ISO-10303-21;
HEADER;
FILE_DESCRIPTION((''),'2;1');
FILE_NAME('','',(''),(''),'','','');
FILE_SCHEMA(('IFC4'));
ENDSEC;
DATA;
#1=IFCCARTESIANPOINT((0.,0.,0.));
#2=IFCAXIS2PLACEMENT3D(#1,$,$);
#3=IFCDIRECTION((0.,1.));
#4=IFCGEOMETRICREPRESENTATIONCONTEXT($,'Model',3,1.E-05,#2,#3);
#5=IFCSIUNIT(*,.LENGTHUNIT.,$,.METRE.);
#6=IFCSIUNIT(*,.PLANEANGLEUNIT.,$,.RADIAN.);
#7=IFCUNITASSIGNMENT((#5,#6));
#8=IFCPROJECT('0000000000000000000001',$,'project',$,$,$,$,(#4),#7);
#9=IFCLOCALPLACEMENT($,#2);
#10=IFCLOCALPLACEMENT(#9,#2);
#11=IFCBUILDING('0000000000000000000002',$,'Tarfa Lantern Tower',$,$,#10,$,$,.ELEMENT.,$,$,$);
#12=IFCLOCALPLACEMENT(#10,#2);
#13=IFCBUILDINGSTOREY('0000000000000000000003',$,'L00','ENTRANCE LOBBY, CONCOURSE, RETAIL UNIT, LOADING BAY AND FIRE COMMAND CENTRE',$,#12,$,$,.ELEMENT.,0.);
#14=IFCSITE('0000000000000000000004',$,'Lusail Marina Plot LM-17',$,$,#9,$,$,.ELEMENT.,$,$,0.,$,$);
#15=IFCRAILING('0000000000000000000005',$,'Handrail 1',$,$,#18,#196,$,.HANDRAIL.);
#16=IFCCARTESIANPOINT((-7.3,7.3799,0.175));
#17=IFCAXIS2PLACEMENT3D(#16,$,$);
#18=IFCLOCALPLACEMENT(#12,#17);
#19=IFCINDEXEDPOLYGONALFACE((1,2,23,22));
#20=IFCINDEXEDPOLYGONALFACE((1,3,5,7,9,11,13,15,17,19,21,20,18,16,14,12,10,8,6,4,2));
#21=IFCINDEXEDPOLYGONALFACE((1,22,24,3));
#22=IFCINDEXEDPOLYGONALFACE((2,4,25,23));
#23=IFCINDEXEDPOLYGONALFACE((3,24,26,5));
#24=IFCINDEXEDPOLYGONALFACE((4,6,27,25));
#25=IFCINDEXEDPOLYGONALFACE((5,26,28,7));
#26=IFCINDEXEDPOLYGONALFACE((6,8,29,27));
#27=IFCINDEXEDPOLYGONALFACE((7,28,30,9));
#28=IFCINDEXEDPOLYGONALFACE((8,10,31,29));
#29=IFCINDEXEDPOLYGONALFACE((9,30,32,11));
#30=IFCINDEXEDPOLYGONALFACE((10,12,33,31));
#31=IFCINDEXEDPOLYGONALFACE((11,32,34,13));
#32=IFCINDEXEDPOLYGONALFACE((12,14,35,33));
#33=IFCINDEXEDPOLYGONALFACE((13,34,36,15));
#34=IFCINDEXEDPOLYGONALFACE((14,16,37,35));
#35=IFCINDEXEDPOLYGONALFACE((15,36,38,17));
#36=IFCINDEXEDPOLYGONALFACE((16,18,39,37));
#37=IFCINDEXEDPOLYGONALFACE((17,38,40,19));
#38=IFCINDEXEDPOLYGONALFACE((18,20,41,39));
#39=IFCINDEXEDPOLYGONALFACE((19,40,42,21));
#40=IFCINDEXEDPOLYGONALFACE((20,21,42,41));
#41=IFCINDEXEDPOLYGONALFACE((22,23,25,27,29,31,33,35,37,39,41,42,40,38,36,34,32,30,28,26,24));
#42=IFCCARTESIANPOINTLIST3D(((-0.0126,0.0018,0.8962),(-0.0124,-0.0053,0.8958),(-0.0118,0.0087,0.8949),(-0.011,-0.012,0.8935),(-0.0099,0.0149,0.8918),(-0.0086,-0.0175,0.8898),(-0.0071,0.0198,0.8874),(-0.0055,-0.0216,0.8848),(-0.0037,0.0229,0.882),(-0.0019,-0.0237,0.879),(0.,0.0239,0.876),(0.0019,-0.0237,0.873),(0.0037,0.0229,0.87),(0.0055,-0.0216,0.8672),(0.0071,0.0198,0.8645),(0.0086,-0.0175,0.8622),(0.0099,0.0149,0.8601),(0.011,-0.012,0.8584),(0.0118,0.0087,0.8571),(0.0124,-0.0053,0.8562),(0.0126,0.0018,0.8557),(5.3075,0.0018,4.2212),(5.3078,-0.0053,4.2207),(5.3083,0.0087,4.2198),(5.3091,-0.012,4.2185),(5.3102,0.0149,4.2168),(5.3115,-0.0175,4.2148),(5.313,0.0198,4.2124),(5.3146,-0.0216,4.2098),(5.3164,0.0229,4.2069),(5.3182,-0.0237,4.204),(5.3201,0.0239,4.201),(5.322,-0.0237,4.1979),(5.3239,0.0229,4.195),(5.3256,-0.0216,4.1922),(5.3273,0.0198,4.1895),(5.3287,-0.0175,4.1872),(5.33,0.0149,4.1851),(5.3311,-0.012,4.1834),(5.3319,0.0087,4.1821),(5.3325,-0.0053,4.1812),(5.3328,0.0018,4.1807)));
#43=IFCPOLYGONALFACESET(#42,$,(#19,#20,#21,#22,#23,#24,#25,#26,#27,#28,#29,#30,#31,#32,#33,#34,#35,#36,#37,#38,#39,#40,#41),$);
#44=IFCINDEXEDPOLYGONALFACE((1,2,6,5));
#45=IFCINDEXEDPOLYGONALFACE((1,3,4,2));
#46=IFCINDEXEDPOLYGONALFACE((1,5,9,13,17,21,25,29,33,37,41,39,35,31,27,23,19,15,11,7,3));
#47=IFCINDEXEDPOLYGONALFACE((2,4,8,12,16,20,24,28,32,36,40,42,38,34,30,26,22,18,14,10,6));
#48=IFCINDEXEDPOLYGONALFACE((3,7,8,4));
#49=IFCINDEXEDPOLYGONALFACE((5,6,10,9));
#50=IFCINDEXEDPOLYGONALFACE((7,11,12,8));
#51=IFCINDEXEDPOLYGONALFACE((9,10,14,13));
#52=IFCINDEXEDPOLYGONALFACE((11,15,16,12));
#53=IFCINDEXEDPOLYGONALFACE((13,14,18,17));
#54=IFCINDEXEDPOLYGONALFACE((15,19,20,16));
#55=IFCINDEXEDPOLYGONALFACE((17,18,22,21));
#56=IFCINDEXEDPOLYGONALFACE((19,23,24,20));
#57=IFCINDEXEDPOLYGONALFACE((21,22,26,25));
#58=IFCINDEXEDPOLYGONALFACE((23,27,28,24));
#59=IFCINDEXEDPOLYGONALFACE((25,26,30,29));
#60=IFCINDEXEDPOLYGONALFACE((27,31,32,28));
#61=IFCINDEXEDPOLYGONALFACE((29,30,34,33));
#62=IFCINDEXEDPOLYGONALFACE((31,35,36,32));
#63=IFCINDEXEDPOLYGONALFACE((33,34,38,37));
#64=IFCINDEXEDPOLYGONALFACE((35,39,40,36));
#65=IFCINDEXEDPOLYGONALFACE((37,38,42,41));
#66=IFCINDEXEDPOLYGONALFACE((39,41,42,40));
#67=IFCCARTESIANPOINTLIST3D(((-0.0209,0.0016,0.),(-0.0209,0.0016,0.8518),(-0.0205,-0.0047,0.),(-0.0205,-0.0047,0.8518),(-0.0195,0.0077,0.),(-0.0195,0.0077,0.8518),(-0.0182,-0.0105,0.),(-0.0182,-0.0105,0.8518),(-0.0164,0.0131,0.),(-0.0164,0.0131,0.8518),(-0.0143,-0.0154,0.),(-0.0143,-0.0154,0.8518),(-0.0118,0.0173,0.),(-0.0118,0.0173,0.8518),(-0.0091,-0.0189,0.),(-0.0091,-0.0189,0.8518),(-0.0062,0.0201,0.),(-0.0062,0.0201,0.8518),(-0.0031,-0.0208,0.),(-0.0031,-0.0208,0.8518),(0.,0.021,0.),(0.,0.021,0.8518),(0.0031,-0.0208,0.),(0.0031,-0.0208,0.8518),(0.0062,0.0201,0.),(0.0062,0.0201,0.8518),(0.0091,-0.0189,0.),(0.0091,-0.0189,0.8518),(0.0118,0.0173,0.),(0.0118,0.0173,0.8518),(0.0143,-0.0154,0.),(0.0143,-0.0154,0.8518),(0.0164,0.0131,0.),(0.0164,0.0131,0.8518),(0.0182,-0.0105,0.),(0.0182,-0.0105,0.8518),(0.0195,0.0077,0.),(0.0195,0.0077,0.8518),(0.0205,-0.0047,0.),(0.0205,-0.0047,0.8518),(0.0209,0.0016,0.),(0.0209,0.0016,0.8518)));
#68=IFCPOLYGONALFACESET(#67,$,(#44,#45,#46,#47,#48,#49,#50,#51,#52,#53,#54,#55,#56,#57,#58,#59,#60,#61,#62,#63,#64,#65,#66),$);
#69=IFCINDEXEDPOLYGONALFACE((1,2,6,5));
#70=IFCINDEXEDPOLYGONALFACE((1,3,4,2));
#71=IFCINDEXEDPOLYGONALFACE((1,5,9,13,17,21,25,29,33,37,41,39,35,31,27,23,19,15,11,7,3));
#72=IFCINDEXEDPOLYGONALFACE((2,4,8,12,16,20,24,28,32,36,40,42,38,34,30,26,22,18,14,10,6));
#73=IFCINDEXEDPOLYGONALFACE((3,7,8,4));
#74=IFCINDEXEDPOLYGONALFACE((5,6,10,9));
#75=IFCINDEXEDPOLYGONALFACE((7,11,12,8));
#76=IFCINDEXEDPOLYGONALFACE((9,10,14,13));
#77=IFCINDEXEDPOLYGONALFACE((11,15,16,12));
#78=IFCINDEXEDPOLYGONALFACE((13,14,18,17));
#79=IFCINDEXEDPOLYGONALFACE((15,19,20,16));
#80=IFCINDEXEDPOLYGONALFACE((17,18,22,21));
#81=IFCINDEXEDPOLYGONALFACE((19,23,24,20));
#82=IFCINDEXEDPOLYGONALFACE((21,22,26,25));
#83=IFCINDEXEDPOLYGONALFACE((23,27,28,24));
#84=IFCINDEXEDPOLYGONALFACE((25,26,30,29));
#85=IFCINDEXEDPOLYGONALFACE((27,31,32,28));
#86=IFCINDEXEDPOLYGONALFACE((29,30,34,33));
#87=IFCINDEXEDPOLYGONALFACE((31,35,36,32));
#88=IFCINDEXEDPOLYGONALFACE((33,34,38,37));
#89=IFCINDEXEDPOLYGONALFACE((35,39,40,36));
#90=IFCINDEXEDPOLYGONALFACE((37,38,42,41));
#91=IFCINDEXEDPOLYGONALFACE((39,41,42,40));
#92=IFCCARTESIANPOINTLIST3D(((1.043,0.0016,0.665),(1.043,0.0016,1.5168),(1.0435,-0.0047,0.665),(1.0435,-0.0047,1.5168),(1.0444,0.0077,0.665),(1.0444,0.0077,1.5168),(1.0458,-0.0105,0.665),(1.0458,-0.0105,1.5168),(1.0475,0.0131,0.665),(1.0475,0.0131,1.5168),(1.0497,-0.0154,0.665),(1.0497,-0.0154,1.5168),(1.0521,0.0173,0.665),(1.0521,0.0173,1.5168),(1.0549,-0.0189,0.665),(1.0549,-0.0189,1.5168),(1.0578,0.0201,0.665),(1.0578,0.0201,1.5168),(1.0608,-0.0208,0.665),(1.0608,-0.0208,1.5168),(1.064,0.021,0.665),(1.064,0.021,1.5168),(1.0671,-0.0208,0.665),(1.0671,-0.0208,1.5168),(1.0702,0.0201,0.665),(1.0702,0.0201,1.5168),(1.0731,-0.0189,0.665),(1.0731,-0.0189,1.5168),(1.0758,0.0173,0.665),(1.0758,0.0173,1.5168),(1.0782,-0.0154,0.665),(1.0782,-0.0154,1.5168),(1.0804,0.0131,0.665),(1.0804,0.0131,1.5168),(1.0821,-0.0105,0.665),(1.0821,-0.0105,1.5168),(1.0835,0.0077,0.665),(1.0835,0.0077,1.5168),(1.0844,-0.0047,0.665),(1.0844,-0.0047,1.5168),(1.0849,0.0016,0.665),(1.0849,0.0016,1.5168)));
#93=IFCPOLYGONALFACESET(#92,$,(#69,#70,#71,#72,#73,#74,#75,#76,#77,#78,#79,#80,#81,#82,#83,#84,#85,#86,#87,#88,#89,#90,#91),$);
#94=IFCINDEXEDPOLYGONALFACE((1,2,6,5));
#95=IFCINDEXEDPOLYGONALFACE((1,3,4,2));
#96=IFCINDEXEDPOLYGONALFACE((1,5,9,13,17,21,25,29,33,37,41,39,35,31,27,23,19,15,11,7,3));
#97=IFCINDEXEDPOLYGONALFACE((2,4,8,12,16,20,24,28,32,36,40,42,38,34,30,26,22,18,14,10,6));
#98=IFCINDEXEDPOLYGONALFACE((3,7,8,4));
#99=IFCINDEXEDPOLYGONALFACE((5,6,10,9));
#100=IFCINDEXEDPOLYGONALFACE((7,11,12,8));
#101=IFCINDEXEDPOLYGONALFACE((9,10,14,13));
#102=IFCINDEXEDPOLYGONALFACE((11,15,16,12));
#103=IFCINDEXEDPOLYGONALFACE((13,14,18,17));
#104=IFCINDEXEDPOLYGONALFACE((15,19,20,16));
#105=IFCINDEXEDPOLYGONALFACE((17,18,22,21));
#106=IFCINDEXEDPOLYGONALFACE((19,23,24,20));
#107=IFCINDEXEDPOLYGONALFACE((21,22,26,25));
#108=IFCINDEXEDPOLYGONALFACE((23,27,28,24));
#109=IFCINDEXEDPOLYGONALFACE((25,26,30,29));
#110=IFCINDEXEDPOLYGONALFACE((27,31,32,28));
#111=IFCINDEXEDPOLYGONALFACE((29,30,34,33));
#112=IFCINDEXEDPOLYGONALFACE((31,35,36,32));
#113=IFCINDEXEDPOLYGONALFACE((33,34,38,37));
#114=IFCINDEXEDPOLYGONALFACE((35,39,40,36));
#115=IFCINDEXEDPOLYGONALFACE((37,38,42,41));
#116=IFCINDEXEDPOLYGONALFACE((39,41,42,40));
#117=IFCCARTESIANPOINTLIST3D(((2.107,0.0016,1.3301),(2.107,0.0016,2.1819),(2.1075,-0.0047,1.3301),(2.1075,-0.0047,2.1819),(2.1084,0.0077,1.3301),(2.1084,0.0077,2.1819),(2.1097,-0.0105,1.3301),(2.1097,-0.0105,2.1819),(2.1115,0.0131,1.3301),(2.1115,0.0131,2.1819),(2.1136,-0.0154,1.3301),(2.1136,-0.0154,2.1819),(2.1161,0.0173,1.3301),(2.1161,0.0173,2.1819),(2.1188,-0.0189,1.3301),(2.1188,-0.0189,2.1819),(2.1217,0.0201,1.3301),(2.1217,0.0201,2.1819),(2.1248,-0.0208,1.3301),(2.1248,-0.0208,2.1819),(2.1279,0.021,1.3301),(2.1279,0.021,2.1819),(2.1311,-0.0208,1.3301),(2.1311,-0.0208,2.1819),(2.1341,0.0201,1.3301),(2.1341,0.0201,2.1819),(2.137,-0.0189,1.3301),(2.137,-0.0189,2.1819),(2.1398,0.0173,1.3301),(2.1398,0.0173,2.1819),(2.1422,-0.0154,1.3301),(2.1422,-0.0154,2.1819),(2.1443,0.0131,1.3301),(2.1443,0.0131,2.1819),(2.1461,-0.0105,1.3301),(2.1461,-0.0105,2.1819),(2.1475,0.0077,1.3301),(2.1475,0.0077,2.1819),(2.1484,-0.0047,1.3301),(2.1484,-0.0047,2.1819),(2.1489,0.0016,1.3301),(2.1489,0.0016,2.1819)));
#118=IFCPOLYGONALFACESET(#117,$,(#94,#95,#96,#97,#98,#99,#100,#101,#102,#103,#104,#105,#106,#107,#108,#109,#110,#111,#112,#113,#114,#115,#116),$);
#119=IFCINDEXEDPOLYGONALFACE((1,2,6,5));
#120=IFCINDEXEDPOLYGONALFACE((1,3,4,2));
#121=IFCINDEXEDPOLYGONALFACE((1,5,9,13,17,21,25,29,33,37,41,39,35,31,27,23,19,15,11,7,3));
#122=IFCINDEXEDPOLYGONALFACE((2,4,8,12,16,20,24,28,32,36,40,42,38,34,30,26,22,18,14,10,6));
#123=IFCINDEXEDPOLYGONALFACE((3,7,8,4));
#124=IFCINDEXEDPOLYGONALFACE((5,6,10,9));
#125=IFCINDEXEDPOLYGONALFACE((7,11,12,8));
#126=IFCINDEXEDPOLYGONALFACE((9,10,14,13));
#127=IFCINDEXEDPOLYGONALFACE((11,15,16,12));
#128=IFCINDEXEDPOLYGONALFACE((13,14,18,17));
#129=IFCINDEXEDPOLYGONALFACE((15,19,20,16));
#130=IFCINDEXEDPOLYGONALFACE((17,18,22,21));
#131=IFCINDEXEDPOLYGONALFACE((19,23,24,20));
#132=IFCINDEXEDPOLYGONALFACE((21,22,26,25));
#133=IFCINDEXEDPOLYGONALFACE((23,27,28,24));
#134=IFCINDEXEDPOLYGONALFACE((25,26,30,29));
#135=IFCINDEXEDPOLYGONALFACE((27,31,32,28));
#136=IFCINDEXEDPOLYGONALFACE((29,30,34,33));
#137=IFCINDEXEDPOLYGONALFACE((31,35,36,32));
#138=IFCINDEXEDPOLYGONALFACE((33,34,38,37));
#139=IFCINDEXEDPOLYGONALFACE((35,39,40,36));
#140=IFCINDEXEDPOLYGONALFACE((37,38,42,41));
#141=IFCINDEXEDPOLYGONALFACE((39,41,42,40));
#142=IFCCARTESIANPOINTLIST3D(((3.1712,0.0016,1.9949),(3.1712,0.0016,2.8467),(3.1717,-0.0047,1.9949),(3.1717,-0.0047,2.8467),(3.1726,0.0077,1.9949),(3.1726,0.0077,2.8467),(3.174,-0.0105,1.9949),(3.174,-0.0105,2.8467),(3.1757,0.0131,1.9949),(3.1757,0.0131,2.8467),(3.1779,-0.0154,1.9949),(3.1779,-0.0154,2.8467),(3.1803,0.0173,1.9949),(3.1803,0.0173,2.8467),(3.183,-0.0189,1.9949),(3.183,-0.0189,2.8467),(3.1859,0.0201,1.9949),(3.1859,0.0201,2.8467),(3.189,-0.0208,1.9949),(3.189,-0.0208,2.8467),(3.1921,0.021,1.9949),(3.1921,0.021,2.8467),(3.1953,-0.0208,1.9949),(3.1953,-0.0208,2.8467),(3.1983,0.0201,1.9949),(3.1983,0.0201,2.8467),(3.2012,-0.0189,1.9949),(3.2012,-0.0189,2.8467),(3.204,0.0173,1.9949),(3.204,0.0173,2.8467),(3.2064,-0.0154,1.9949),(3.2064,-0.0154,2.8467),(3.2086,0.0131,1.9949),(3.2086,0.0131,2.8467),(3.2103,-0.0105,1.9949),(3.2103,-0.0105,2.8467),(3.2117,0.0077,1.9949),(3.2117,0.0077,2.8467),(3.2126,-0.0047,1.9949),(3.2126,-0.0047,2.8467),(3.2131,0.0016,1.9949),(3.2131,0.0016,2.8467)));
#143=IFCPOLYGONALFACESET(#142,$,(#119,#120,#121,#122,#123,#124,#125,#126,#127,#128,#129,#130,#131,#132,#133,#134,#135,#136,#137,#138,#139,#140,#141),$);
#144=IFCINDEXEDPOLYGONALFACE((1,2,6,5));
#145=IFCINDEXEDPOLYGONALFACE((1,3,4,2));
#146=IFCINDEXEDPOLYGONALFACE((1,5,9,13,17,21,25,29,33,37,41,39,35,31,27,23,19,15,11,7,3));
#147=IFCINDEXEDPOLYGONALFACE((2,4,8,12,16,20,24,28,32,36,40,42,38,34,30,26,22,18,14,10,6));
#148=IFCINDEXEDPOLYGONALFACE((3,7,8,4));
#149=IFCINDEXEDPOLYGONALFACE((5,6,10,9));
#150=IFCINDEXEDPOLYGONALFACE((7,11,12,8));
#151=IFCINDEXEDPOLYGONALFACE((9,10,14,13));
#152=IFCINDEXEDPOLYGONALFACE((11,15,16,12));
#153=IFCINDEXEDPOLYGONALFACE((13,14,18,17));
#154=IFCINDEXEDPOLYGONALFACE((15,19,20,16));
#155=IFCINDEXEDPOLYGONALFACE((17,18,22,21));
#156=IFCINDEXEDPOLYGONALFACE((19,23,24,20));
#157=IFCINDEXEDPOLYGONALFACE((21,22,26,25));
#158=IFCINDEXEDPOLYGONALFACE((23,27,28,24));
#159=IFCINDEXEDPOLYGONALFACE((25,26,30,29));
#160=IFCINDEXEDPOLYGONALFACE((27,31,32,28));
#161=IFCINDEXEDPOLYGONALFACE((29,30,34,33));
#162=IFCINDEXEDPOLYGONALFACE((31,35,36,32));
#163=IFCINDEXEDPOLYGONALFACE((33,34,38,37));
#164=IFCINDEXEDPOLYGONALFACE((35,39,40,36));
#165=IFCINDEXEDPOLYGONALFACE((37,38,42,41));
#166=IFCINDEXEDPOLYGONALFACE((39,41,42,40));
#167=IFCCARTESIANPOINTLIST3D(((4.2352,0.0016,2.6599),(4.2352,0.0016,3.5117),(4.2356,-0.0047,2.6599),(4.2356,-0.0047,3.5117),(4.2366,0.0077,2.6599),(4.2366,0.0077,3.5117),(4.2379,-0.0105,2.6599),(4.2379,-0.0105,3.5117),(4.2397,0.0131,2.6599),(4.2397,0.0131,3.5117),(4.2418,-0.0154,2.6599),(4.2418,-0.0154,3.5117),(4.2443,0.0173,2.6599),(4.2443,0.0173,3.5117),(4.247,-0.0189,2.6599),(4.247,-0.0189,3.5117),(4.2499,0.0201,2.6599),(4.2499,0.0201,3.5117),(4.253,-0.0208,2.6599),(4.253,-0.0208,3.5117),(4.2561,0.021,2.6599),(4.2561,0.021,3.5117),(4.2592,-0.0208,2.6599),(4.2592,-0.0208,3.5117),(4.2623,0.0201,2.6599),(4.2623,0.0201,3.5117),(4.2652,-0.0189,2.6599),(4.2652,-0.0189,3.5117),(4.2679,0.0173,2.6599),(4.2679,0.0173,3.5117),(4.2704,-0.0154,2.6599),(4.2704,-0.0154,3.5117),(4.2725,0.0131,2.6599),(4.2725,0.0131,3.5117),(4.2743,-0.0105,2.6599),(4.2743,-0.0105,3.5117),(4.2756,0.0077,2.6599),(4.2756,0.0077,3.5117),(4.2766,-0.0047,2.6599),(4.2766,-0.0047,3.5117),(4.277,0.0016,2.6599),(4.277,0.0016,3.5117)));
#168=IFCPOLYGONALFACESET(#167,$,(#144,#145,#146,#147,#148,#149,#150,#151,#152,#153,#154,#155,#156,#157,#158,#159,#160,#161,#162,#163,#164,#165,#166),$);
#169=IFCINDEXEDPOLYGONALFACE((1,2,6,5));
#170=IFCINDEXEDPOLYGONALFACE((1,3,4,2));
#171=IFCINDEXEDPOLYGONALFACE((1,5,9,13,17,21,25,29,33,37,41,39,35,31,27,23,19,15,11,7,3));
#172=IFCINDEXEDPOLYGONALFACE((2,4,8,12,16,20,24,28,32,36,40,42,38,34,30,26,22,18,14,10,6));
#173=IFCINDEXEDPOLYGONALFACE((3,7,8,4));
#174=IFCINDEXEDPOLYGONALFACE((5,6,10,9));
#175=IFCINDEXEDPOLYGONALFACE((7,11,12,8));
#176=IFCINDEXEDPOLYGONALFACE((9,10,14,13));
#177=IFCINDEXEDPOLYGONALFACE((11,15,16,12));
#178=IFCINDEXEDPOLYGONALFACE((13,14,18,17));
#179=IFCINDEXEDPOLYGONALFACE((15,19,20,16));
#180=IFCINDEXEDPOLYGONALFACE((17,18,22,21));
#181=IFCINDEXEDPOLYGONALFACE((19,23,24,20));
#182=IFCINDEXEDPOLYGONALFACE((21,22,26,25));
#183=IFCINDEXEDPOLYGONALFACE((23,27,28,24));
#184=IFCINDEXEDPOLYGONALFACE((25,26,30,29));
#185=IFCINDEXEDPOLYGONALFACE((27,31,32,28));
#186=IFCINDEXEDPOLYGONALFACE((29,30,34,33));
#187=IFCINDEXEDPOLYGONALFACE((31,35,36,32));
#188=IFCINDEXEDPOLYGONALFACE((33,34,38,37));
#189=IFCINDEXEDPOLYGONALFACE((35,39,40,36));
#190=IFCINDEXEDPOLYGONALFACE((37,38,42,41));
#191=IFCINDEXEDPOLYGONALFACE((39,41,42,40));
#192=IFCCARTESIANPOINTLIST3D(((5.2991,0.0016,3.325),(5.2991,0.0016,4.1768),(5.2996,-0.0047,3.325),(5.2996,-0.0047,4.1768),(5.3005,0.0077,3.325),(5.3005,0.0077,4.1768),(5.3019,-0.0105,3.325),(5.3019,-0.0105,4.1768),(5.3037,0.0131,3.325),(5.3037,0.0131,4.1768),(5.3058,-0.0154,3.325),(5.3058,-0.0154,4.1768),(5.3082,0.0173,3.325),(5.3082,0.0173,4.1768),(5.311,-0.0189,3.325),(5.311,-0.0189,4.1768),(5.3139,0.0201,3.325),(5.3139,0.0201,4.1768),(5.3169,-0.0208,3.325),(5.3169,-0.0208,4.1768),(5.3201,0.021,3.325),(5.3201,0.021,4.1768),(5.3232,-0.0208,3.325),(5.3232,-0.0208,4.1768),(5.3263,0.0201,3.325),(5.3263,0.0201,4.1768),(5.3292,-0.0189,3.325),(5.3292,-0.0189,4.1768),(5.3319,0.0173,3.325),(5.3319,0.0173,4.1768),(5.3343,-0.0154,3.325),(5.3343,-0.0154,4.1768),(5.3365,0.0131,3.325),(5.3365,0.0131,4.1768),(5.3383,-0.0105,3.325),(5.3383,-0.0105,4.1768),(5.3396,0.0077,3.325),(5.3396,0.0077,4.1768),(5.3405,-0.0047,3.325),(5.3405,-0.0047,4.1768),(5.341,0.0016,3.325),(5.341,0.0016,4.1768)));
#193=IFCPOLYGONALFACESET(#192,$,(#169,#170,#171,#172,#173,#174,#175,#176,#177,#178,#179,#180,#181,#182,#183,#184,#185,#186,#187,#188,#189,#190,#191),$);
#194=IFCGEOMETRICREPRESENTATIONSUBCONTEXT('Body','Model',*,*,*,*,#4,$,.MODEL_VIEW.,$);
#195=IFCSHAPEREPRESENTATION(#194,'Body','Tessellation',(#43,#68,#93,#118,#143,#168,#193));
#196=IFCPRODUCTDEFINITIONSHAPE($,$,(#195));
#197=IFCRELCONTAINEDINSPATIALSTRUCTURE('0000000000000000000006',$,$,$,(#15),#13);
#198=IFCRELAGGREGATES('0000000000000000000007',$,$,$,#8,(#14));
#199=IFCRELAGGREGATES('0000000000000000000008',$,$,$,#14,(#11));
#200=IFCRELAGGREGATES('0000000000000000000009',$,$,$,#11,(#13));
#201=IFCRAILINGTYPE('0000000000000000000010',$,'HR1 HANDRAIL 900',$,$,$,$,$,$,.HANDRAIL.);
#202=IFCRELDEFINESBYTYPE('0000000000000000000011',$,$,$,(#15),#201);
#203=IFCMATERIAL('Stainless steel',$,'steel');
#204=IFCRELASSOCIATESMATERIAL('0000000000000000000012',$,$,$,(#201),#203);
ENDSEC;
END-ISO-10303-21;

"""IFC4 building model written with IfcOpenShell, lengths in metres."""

from ifc_helpers import new_model, si_unit, direction, frame, origin, origin_2d, place, context, subcontext, project, spatial, circle, extrude, material, type_object, element, save


model = new_model("IFC4")

# Units and contexts
model_context = context("Model", 3, precision=1e-05, world=origin(), true_north=direction((0.0, 1.0)))
body_context = subcontext(model_context, "Body", "Model", "MODEL_VIEW")
ifc_project = project(units=[si_unit("LENGTHUNIT", "METRE"), si_unit("PLANEANGLEUNIT", "RADIAN")], contexts=[model_context])

# Site, building, storey
site_placement = place(None, origin())
site = spatial("IfcSite", under=ifc_project, at=site_placement, Name="Lusail Marina Plot LM-17", CompositionType="ELEMENT", RefElevation=0.0)
building_placement = place(site_placement, origin())
building = spatial("IfcBuilding", under=site, at=building_placement, Name="Tarfa Lantern Tower", CompositionType="ELEMENT")
storey_placement = place(building_placement, origin())
storey = spatial("IfcBuildingStorey", under=building, at=storey_placement, Name="L00", Description="ENTRANCE LOBBY, CONCOURSE, RETAIL UNIT, LOADING BAY AND FIRE COMMAND CENTRE", CompositionType="ELEMENT", Elevation=0.0)

# Railing
ifc_material_1 = material(Name="Stainless steel", Category="steel")
railing_type = type_object("IfcRailingType", Name="HR1 HANDRAIL 900", PredefinedType="HANDRAIL", material=ifc_material_1)
railing_placement = place(storey_placement, frame((-7.3, 7.3799, 0.175)))
element("IfcRailing", 1, at=railing_placement, inside=storey, type_object=railing_type, Name="Handrail 1", PredefinedType="HANDRAIL", context=body_context, shape_type="SweptSolid", body=[
    extrude(circle(Radius=0.0239, at=origin_2d()), frame((0.0, 0.0, 0.876), z_axis=(0.848005, 0.0, 0.529988), x_axis=(0.0, 1.0, 0.0)), (0.0, 0.0, 1.0), 6.2737),
    extrude(circle(Radius=0.021, at=origin_2d()), frame((0.0, 0.0, 0.0), z_axis=(0.0, 0.0, 1.0), x_axis=(0.0, 1.0, 0.0)), (0.0, 0.0, 1.0), 0.8518),
    extrude(circle(Radius=0.021, at=origin_2d()), frame((1.064, 0.0, 0.665), z_axis=(0.0, 0.0, 1.0), x_axis=(0.0, 1.0, 0.0)), (0.0, 0.0, 1.0), 0.8518),
    extrude(circle(Radius=0.021, at=origin_2d()), frame((2.1279, 0.0, 1.3301), z_axis=(0.0, 0.0, 1.0), x_axis=(0.0, 1.0, 0.0)), (0.0, 0.0, 1.0), 0.8518),
    extrude(circle(Radius=0.021, at=origin_2d()), frame((3.1921, 0.0, 1.9949), z_axis=(0.0, 0.0, 1.0), x_axis=(0.0, 1.0, 0.0)), (0.0, 0.0, 1.0), 0.8518),
    extrude(circle(Radius=0.021, at=origin_2d()), frame((4.2561, 0.0, 2.6599), z_axis=(0.0, 0.0, 1.0), x_axis=(0.0, 1.0, 0.0)), (0.0, 0.0, 1.0), 0.8518),
    extrude(circle(Radius=0.021, at=origin_2d()), frame((5.3201, 0.0, 3.325), z_axis=(0.0, 0.0, 1.0), x_axis=(0.0, 1.0, 0.0)), (0.0, 0.0, 1.0), 0.8518),
])

save(model, "model.ifc")
